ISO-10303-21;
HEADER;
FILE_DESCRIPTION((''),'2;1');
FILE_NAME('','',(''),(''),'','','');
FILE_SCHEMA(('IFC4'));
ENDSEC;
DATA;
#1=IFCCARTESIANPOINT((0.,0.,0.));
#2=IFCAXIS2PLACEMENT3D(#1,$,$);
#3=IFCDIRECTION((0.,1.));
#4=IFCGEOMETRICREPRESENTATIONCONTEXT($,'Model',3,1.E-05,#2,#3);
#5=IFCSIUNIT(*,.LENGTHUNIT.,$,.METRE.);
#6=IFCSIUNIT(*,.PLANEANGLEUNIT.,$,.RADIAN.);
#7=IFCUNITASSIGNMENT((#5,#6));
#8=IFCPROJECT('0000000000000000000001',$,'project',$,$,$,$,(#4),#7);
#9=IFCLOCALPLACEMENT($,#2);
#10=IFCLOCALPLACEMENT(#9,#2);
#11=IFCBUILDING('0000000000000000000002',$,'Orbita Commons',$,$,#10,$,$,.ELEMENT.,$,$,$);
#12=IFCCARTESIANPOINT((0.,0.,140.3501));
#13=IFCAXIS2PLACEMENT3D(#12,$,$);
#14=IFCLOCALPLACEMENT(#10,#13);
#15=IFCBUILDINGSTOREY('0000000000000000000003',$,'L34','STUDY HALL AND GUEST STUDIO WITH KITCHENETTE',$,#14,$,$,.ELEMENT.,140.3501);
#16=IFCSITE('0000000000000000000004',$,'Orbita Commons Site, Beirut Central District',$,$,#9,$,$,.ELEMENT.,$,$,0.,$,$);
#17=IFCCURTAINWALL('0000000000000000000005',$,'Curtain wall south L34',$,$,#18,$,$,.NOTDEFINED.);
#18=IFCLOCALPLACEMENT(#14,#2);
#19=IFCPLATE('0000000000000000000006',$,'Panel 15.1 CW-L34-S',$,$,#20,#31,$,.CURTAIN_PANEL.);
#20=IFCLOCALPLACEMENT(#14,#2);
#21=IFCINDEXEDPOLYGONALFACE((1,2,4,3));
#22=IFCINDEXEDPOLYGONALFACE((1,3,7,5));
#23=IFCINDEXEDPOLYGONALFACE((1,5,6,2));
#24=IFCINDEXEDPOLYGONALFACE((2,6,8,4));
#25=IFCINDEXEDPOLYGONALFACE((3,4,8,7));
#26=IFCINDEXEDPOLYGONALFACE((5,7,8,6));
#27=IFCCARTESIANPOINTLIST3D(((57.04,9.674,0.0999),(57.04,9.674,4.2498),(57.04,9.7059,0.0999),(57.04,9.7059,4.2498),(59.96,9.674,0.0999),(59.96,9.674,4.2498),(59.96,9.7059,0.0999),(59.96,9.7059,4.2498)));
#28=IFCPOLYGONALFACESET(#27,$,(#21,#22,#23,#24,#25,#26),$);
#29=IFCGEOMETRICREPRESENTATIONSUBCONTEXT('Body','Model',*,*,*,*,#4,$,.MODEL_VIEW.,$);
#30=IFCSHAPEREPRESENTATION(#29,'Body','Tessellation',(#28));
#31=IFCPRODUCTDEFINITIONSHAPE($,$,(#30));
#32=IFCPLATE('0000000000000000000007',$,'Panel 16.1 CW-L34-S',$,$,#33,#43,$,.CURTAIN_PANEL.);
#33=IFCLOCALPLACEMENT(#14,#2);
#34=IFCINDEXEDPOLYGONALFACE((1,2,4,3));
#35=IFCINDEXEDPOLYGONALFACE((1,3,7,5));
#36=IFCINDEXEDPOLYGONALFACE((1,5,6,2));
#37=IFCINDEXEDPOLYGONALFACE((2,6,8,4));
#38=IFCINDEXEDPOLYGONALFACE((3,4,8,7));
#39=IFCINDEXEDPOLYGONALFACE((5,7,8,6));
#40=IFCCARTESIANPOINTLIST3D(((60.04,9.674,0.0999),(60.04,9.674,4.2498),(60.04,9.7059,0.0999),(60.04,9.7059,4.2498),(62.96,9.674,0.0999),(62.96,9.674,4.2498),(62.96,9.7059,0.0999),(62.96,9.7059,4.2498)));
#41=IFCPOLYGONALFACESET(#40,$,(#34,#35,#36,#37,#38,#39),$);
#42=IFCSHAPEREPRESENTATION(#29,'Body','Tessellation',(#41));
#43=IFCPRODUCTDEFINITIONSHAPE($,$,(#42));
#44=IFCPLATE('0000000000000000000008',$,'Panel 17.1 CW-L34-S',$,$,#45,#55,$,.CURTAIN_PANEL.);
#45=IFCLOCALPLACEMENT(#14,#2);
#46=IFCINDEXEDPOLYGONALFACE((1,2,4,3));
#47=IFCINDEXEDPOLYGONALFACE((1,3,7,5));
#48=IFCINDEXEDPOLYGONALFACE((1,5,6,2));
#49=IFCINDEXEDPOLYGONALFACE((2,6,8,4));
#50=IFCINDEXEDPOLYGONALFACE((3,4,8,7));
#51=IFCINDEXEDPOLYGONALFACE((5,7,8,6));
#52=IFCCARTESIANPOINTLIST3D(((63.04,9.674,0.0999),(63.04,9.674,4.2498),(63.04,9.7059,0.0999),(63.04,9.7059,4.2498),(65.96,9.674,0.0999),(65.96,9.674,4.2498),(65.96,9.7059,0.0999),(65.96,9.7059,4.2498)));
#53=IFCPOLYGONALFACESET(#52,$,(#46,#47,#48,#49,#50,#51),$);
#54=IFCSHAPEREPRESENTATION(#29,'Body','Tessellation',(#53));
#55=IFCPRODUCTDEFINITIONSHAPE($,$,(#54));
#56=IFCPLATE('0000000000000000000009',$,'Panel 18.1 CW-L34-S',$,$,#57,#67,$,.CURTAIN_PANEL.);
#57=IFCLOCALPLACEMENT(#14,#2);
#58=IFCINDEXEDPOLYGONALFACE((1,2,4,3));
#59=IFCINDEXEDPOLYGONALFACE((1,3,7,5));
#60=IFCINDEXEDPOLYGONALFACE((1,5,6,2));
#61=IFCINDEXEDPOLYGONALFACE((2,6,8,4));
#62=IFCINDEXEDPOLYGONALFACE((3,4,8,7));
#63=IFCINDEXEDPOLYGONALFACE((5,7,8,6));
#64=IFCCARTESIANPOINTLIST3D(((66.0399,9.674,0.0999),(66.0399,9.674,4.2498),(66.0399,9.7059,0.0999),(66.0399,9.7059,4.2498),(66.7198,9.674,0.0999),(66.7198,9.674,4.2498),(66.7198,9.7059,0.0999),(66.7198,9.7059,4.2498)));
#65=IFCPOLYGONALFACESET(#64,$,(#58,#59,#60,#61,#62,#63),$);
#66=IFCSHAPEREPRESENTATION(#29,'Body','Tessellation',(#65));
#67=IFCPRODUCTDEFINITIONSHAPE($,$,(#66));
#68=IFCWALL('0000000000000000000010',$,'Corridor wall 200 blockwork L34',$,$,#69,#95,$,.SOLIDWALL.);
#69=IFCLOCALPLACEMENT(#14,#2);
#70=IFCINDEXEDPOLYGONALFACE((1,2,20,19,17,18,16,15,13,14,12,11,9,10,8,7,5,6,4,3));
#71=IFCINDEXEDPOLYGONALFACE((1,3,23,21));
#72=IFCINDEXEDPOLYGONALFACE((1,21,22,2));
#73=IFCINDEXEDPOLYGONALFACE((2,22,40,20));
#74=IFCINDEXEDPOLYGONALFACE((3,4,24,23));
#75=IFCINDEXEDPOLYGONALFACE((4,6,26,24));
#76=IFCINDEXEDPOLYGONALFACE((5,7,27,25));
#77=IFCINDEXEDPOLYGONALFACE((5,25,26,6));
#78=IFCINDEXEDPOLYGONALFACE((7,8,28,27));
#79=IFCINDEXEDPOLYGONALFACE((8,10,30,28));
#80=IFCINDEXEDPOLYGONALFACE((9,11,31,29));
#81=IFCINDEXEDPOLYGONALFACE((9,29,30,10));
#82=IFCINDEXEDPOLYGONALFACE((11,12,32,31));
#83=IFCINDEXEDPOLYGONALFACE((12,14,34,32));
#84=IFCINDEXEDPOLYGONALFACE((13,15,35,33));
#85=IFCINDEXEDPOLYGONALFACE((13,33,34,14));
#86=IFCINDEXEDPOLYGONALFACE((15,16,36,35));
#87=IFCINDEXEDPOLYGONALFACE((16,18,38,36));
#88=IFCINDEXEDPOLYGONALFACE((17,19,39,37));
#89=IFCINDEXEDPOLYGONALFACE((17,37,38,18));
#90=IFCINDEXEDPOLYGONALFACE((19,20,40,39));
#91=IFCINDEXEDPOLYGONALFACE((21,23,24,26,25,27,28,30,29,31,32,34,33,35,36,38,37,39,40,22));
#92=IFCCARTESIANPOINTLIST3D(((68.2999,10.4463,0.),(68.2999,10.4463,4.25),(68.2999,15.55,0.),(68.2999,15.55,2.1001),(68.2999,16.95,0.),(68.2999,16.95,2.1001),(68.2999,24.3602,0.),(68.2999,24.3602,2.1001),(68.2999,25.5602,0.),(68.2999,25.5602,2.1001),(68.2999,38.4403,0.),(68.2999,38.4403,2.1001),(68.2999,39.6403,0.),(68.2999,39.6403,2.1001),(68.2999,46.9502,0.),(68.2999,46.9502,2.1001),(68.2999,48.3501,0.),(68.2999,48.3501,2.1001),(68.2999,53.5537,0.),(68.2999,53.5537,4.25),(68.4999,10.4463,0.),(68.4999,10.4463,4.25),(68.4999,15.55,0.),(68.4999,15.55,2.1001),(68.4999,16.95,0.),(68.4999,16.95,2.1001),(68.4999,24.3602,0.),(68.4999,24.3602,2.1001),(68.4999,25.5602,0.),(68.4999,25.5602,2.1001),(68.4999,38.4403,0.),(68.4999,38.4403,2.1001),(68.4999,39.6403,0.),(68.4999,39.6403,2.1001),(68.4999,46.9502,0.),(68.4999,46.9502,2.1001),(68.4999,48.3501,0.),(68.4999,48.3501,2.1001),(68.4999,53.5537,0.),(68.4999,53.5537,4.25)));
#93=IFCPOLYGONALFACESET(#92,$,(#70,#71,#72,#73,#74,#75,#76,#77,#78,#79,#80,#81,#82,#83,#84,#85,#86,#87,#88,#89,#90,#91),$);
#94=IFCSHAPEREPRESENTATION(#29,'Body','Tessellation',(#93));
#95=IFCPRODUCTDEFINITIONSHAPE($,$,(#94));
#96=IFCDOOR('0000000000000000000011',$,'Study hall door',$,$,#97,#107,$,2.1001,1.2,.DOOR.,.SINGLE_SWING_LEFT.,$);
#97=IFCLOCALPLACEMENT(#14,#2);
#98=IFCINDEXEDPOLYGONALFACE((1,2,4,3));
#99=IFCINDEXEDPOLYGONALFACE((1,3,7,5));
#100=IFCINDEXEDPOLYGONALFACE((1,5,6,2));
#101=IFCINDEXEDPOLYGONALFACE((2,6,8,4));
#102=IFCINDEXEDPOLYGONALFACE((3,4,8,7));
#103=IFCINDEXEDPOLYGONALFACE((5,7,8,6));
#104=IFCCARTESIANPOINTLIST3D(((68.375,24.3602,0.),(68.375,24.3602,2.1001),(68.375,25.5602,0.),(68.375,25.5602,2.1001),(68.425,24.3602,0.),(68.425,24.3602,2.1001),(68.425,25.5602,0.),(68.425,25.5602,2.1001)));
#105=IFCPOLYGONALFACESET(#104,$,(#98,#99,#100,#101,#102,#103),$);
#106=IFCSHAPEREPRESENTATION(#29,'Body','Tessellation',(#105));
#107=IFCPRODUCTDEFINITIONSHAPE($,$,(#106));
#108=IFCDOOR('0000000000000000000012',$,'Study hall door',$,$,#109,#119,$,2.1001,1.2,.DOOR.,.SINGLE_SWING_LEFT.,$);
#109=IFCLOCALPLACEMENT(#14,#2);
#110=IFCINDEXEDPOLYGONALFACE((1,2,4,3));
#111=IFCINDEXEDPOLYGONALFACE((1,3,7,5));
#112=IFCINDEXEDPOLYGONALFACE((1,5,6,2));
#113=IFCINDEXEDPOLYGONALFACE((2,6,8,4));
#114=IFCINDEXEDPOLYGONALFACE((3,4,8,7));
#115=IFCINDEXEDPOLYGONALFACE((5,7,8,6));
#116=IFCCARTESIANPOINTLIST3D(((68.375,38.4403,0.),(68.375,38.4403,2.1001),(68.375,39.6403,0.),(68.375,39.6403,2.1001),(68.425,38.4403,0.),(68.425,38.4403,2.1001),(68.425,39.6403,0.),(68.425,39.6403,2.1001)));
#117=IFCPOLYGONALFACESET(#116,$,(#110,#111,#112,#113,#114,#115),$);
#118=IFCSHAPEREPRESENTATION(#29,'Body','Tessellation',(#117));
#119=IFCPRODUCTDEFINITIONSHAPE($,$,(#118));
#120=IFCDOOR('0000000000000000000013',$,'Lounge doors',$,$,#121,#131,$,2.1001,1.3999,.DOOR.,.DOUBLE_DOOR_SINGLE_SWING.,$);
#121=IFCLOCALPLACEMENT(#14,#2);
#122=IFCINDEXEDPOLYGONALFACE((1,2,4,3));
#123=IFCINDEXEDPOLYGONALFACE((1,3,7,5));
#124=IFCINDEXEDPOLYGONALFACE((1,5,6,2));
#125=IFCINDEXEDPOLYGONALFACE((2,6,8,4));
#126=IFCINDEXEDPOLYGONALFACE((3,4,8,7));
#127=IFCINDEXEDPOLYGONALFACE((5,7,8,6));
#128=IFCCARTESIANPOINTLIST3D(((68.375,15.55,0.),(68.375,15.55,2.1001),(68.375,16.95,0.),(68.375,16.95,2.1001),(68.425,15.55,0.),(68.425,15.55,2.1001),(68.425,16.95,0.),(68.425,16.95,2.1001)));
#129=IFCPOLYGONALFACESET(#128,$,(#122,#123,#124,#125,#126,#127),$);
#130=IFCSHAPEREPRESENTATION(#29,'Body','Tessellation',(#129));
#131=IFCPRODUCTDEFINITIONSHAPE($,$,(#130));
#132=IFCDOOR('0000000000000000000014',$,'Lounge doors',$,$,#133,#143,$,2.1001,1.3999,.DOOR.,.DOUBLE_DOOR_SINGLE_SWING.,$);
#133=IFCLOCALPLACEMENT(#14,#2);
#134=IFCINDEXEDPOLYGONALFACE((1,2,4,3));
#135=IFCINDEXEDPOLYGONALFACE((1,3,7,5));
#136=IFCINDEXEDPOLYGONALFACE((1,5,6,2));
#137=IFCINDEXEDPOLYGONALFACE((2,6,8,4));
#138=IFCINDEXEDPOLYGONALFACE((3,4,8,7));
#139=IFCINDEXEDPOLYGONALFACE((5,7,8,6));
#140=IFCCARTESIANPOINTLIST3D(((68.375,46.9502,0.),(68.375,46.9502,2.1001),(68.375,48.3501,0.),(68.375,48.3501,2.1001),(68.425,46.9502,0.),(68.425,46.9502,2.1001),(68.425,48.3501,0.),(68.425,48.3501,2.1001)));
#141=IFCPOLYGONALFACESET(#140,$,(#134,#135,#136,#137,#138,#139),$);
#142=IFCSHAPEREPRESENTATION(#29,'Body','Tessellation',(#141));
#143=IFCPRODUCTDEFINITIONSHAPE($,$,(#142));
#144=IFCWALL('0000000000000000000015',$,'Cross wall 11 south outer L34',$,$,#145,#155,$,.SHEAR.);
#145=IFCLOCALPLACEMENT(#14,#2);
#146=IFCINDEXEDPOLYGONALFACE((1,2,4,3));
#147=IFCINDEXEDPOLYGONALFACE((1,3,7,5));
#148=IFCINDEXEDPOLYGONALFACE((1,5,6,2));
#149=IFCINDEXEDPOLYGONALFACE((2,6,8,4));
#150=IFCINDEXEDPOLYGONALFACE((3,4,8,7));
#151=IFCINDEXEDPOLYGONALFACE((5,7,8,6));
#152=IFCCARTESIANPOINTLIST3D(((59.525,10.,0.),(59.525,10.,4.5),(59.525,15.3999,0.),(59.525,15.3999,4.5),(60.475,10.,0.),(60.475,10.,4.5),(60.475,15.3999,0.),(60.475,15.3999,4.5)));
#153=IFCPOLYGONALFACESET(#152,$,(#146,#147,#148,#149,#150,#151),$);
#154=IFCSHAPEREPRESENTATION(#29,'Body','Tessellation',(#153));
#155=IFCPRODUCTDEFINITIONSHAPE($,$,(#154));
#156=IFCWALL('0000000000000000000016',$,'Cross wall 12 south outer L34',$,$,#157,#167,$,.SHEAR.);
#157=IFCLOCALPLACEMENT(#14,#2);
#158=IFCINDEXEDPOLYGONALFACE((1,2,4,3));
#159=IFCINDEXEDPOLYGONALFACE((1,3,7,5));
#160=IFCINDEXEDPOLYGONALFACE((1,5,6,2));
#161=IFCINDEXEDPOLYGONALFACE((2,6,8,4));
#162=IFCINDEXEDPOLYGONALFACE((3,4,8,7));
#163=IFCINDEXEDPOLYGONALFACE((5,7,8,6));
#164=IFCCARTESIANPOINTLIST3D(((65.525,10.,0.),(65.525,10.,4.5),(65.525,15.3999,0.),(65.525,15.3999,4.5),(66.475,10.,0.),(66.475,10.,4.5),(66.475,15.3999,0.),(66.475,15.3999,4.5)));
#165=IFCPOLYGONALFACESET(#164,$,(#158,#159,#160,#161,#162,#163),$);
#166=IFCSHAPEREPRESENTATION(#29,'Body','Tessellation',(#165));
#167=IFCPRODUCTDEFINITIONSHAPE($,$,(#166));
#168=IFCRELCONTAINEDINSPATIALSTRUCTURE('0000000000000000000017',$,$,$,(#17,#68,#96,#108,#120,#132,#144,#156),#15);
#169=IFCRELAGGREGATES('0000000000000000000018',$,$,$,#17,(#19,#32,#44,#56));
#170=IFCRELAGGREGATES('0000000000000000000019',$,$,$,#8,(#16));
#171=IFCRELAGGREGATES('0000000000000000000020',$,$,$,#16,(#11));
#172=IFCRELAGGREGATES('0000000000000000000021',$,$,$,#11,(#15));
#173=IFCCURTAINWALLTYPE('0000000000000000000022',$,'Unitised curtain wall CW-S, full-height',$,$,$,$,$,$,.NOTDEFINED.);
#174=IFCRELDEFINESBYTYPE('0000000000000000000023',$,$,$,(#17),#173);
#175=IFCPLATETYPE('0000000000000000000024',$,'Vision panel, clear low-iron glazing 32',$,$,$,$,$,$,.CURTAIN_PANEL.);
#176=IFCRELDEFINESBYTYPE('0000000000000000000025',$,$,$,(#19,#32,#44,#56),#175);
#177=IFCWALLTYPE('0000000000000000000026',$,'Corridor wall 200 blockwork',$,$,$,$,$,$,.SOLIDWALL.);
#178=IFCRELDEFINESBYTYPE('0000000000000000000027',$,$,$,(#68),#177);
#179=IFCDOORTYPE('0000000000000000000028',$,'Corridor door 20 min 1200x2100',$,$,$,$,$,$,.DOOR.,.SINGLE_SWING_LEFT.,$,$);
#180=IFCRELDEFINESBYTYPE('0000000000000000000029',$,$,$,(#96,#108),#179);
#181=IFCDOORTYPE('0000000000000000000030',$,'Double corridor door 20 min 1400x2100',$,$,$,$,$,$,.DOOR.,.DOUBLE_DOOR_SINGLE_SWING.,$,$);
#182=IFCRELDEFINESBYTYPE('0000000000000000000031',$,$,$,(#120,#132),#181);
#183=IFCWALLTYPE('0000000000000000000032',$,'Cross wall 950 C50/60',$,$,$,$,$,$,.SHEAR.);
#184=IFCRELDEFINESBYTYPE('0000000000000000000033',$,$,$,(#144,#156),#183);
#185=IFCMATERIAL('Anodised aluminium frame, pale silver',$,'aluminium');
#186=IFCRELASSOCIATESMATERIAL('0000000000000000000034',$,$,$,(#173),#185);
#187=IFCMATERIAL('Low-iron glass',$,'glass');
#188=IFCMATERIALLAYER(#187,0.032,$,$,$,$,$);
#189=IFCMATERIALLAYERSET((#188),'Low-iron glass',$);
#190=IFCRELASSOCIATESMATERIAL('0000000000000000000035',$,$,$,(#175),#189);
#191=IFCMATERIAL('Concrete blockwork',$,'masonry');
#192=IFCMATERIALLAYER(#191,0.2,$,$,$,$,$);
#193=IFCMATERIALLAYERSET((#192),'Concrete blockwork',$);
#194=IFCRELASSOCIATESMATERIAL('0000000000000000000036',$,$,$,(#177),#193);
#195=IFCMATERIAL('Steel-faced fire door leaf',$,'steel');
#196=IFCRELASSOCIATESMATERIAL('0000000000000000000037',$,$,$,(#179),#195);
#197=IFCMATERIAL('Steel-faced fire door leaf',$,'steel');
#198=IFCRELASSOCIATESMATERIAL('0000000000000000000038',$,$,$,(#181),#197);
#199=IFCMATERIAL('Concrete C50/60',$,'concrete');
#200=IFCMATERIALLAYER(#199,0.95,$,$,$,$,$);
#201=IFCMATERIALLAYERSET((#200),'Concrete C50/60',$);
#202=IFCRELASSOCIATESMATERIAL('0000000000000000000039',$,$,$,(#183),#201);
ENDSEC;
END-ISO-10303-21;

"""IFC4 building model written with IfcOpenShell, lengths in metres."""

from ifc_helpers import new_model, si_unit, direction, frame, frame_2d, origin, origin_2d, place, context, subcontext, project, spatial, rectangle, extrude, material, layer, layer_set, type_object, element, fill, aggregate, save


model = new_model("IFC4")

# Units and contexts
model_context = context("Model", 3, precision=1e-05, world=origin(), true_north=direction((0.0, 1.0)))
body_context = subcontext(model_context, "Body", "Model", "MODEL_VIEW")
ifc_project = project(units=[si_unit("LENGTHUNIT", "METRE"), si_unit("PLANEANGLEUNIT", "RADIAN")], contexts=[model_context])

# Site, building, storey
site_placement = place(None, origin())
site = spatial("IfcSite", under=ifc_project, at=site_placement, Name="Orbita Commons Site, Beirut Central District", CompositionType="ELEMENT", RefElevation=0.0)
building_placement = place(site_placement, origin())
building = spatial("IfcBuilding", under=site, at=building_placement, Name="Orbita Commons", CompositionType="ELEMENT")
storey_placement = place(building_placement, frame((0.0, 0.0, 140.3501)))
storey = spatial("IfcBuildingStorey", under=building, at=storey_placement, Name="L34", Description="STUDY HALL AND GUEST STUDIO WITH KITCHENETTE", CompositionType="ELEMENT", Elevation=140.3501)

# Curtain wall
ifc_material_1 = material(Name="Anodised aluminium frame, pale silver", Category="aluminium")
curtain_wall_type = type_object("IfcCurtainWallType", Name="Unitised curtain wall CW-S, full-height", PredefinedType="NOTDEFINED", material=ifc_material_1)
curtain_wall_placement = place(storey_placement, origin())
curtain_wall = element("IfcCurtainWall", 1, at=curtain_wall_placement, inside=storey, type_object=curtain_wall_type, Name="Curtain wall south L34", PredefinedType="NOTDEFINED")

# Plates
ifc_material_2 = material(Name="Low-iron glass", Category="glass")
ifc_layer_1 = layer(ifc_material_2, 0.032)
ifc_layer_set_1 = layer_set([ifc_layer_1], Name="Low-iron glass")
plate_type = type_object("IfcPlateType", Name="Vision panel, clear low-iron glazing 32", PredefinedType="CURTAIN_PANEL", material=ifc_layer_set_1)
plate_1_placement = place(storey_placement, frame((58.5, 9.6899, 0.0999), z_axis=(0.0, 0.0, 1.0), x_axis=(1.0, 0.0, 0.0)))
plate_1 = element("IfcPlate", 2, at=plate_1_placement, type_object=plate_type, Name="Panel 15.1 CW-L34-S", PredefinedType="CURTAIN_PANEL", context=body_context, shape_type="SweptSolid", body=[
    extrude(rectangle(XDim=2.9199, YDim=0.032, at=origin_2d()), origin(), (0.0, 0.0, 1.0), 4.1499),
])
plate_2_placement = place(storey_placement, frame((61.5, 9.6899, 0.0999), z_axis=(0.0, 0.0, 1.0), x_axis=(1.0, 0.0, 0.0)))
plate_2 = element("IfcPlate", 3, at=plate_2_placement, type_object=plate_type, Name="Panel 16.1 CW-L34-S", PredefinedType="CURTAIN_PANEL", context=body_context, shape_type="SweptSolid", body=[
    extrude(rectangle(XDim=2.9199, YDim=0.032, at=origin_2d()), origin(), (0.0, 0.0, 1.0), 4.1499),
])
plate_3_placement = place(storey_placement, frame((64.5, 9.6899, 0.0999), z_axis=(0.0, 0.0, 1.0), x_axis=(1.0, 0.0, 0.0)))
plate_3 = element("IfcPlate", 4, at=plate_3_placement, type_object=plate_type, Name="Panel 17.1 CW-L34-S", PredefinedType="CURTAIN_PANEL", context=body_context, shape_type="SweptSolid", body=[
    extrude(rectangle(XDim=2.9199, YDim=0.032, at=origin_2d()), origin(), (0.0, 0.0, 1.0), 4.1499),
])
plate_4_placement = place(storey_placement, frame((66.3799, 9.6899, 0.0999), z_axis=(0.0, 0.0, 1.0), x_axis=(1.0, 0.0, 0.0)))
plate_4 = element("IfcPlate", 5, at=plate_4_placement, type_object=plate_type, Name="Panel 18.1 CW-L34-S", PredefinedType="CURTAIN_PANEL", context=body_context, shape_type="SweptSolid", body=[
    extrude(rectangle(XDim=0.6799, YDim=0.032, at=origin_2d()), origin(), (0.0, 0.0, 1.0), 4.1499),
])
aggregate(curtain_wall, [plate_1, plate_2, plate_3, plate_4])

# Wall, openings, doors
ifc_material_3 = material(Name="Concrete blockwork", Category="masonry")
ifc_layer_2 = layer(ifc_material_3, 0.2)
ifc_layer_set_2 = layer_set([ifc_layer_2], Name="Concrete blockwork")
wall_type_1 = type_object("IfcWallType", Name="Corridor wall 200 blockwork", PredefinedType="SOLIDWALL", material=ifc_layer_set_2)
wall_1_placement = place(storey_placement, frame((68.3999, 10.4463, 0.0), z_axis=(0.0, 0.0, 1.0), x_axis=(0.0, 1.0, 0.0)))
wall_1 = element("IfcWall", 6, at=wall_1_placement, inside=storey, type_object=wall_type_1, Name="Corridor wall 200 blockwork L34", PredefinedType="SOLIDWALL", context=body_context, shape_type="SweptSolid", body=[
    extrude(rectangle(XDim=43.1074, YDim=0.2, at=frame_2d((21.5537, 0.0))), origin(), (0.0, 0.0, 1.0), 4.25),
])
opening_1_placement = place(wall_1_placement, frame((13.9138, 0.0, 0.0)))
opening_1 = element("IfcOpeningElement", 7, at=opening_1_placement, cuts=wall_1, PredefinedType="OPENING", context=body_context, shape_type="SweptSolid", body=[
    extrude(rectangle(XDim=1.2, YDim=2.1001, at=frame_2d((0.6001, 1.05))), frame((0.0, 0.1099, 0.0), z_axis=(0.0, -1.0, 0.0), x_axis=(1.0, 0.0, 0.0)), (0.0, 0.0, 1.0), 0.22),
])
opening_2_placement = place(wall_1_placement, frame((27.9939, 0.0, 0.0)))
opening_2 = element("IfcOpeningElement", 8, at=opening_2_placement, cuts=wall_1, PredefinedType="OPENING", context=body_context, shape_type="SweptSolid", body=[
    extrude(rectangle(XDim=1.2, YDim=2.1001, at=frame_2d((0.6001, 1.05))), frame((0.0, 0.1099, 0.0), z_axis=(0.0, -1.0, 0.0), x_axis=(1.0, 0.0, 0.0)), (0.0, 0.0, 1.0), 0.22),
])
opening_3_placement = place(wall_1_placement, frame((5.1038, 0.0, 0.0)))
opening_3 = element("IfcOpeningElement", 9, at=opening_3_placement, cuts=wall_1, PredefinedType="OPENING", context=body_context, shape_type="SweptSolid", body=[
    extrude(rectangle(XDim=1.3999, YDim=2.1001, at=frame_2d((0.7, 1.05))), frame((0.0, 0.1099, 0.0), z_axis=(0.0, -1.0, 0.0), x_axis=(1.0, 0.0, 0.0)), (0.0, 0.0, 1.0), 0.22),
])
opening_4_placement = place(wall_1_placement, frame((36.5039, 0.0, 0.0)))
opening_4 = element("IfcOpeningElement", 10, at=opening_4_placement, cuts=wall_1, PredefinedType="OPENING", context=body_context, shape_type="SweptSolid", body=[
    extrude(rectangle(XDim=1.3999, YDim=2.1001, at=frame_2d((0.7, 1.05))), frame((0.0, 0.1099, 0.0), z_axis=(0.0, -1.0, 0.0), x_axis=(1.0, 0.0, 0.0)), (0.0, 0.0, 1.0), 0.22),
])
ifc_material_4 = material(Name="Steel-faced fire door leaf", Category="steel")
door_type_1 = type_object("IfcDoorType", Name="Corridor door 20 min 1200x2100", OperationType="SINGLE_SWING_LEFT", PredefinedType="DOOR", material=ifc_material_4)
door_1_placement = place(opening_1_placement, origin())
door_1 = element("IfcDoor", 11, at=door_1_placement, inside=storey, type_object=door_type_1, Name="Study hall door", OperationType="SINGLE_SWING_LEFT", OverallHeight=2.1001, OverallWidth=1.2, PredefinedType="DOOR", context=body_context, shape_type="SweptSolid", body=[
    extrude(rectangle(XDim=1.2, YDim=2.1001, at=frame_2d((0.6001, 1.05))), frame((0.0, 0.0249, 0.0), z_axis=(0.0, -1.0, 0.0), x_axis=(1.0, 0.0, 0.0)), (0.0, 0.0, 1.0), 0.05),
])
fill(opening_1, door_1)
door_2_placement = place(opening_2_placement, origin())
door_2 = element("IfcDoor", 12, at=door_2_placement, inside=storey, type_object=door_type_1, Name="Study hall door", OperationType="SINGLE_SWING_LEFT", OverallHeight=2.1001, OverallWidth=1.2, PredefinedType="DOOR", context=body_context, shape_type="SweptSolid", body=[
    extrude(rectangle(XDim=1.2, YDim=2.1001, at=frame_2d((0.6001, 1.05))), frame((0.0, 0.0249, 0.0), z_axis=(0.0, -1.0, 0.0), x_axis=(1.0, 0.0, 0.0)), (0.0, 0.0, 1.0), 0.05),
])
fill(opening_2, door_2)
ifc_material_5 = material(Name="Steel-faced fire door leaf", Category="steel")
door_type_2 = type_object("IfcDoorType", Name="Double corridor door 20 min 1400x2100", OperationType="DOUBLE_DOOR_SINGLE_SWING", PredefinedType="DOOR", material=ifc_material_5)
door_3_placement = place(opening_3_placement, origin())
door_3 = element("IfcDoor", 13, at=door_3_placement, inside=storey, type_object=door_type_2, Name="Lounge doors", OperationType="DOUBLE_DOOR_SINGLE_SWING", OverallHeight=2.1001, OverallWidth=1.3999, PredefinedType="DOOR", context=body_context, shape_type="SweptSolid", body=[
    extrude(rectangle(XDim=1.3999, YDim=2.1001, at=frame_2d((0.7, 1.05))), frame((0.0, 0.0249, 0.0), z_axis=(0.0, -1.0, 0.0), x_axis=(1.0, 0.0, 0.0)), (0.0, 0.0, 1.0), 0.05),
])
fill(opening_3, door_3)
door_4_placement = place(opening_4_placement, origin())
door_4 = element("IfcDoor", 14, at=door_4_placement, inside=storey, type_object=door_type_2, Name="Lounge doors", OperationType="DOUBLE_DOOR_SINGLE_SWING", OverallHeight=2.1001, OverallWidth=1.3999, PredefinedType="DOOR", context=body_context, shape_type="SweptSolid", body=[
    extrude(rectangle(XDim=1.3999, YDim=2.1001, at=frame_2d((0.7, 1.05))), frame((0.0, 0.0249, 0.0), z_axis=(0.0, -1.0, 0.0), x_axis=(1.0, 0.0, 0.0)), (0.0, 0.0, 1.0), 0.05),
])
fill(opening_4, door_4)

# Walls
ifc_material_6 = material(Name="Concrete C50/60", Category="concrete")
ifc_layer_3 = layer(ifc_material_6, 0.95)
ifc_layer_set_3 = layer_set([ifc_layer_3], Name="Concrete C50/60")
wall_type_2 = type_object("IfcWallType", Name="Cross wall 950 C50/60", PredefinedType="SHEAR", material=ifc_layer_set_3)
for number, where, z_axis, x_axis, name in (
    (15, (60.0, 10.0, 0.0), (0.0, 0.0, 1.0), (0.0, 1.0, 0.0), "Cross wall 11 south outer L34"),
    (16, (66.0, 10.0, 0.0), (0.0, 0.0, 1.0), (0.0, 1.0, 0.0), "Cross wall 12 south outer L34"),
):
    element("IfcWall", number, at=place(storey_placement, frame(where, z_axis=z_axis, x_axis=x_axis)), inside=storey, type_object=wall_type_2, Name=name, PredefinedType="SHEAR", context=body_context, shape_type="SweptSolid", body=[
        extrude(rectangle(XDim=5.3999, YDim=0.95, at=frame_2d((2.7, 0.0))), origin(), (0.0, 0.0, 1.0), 4.5),
    ])

save(model, "model.ifc")
